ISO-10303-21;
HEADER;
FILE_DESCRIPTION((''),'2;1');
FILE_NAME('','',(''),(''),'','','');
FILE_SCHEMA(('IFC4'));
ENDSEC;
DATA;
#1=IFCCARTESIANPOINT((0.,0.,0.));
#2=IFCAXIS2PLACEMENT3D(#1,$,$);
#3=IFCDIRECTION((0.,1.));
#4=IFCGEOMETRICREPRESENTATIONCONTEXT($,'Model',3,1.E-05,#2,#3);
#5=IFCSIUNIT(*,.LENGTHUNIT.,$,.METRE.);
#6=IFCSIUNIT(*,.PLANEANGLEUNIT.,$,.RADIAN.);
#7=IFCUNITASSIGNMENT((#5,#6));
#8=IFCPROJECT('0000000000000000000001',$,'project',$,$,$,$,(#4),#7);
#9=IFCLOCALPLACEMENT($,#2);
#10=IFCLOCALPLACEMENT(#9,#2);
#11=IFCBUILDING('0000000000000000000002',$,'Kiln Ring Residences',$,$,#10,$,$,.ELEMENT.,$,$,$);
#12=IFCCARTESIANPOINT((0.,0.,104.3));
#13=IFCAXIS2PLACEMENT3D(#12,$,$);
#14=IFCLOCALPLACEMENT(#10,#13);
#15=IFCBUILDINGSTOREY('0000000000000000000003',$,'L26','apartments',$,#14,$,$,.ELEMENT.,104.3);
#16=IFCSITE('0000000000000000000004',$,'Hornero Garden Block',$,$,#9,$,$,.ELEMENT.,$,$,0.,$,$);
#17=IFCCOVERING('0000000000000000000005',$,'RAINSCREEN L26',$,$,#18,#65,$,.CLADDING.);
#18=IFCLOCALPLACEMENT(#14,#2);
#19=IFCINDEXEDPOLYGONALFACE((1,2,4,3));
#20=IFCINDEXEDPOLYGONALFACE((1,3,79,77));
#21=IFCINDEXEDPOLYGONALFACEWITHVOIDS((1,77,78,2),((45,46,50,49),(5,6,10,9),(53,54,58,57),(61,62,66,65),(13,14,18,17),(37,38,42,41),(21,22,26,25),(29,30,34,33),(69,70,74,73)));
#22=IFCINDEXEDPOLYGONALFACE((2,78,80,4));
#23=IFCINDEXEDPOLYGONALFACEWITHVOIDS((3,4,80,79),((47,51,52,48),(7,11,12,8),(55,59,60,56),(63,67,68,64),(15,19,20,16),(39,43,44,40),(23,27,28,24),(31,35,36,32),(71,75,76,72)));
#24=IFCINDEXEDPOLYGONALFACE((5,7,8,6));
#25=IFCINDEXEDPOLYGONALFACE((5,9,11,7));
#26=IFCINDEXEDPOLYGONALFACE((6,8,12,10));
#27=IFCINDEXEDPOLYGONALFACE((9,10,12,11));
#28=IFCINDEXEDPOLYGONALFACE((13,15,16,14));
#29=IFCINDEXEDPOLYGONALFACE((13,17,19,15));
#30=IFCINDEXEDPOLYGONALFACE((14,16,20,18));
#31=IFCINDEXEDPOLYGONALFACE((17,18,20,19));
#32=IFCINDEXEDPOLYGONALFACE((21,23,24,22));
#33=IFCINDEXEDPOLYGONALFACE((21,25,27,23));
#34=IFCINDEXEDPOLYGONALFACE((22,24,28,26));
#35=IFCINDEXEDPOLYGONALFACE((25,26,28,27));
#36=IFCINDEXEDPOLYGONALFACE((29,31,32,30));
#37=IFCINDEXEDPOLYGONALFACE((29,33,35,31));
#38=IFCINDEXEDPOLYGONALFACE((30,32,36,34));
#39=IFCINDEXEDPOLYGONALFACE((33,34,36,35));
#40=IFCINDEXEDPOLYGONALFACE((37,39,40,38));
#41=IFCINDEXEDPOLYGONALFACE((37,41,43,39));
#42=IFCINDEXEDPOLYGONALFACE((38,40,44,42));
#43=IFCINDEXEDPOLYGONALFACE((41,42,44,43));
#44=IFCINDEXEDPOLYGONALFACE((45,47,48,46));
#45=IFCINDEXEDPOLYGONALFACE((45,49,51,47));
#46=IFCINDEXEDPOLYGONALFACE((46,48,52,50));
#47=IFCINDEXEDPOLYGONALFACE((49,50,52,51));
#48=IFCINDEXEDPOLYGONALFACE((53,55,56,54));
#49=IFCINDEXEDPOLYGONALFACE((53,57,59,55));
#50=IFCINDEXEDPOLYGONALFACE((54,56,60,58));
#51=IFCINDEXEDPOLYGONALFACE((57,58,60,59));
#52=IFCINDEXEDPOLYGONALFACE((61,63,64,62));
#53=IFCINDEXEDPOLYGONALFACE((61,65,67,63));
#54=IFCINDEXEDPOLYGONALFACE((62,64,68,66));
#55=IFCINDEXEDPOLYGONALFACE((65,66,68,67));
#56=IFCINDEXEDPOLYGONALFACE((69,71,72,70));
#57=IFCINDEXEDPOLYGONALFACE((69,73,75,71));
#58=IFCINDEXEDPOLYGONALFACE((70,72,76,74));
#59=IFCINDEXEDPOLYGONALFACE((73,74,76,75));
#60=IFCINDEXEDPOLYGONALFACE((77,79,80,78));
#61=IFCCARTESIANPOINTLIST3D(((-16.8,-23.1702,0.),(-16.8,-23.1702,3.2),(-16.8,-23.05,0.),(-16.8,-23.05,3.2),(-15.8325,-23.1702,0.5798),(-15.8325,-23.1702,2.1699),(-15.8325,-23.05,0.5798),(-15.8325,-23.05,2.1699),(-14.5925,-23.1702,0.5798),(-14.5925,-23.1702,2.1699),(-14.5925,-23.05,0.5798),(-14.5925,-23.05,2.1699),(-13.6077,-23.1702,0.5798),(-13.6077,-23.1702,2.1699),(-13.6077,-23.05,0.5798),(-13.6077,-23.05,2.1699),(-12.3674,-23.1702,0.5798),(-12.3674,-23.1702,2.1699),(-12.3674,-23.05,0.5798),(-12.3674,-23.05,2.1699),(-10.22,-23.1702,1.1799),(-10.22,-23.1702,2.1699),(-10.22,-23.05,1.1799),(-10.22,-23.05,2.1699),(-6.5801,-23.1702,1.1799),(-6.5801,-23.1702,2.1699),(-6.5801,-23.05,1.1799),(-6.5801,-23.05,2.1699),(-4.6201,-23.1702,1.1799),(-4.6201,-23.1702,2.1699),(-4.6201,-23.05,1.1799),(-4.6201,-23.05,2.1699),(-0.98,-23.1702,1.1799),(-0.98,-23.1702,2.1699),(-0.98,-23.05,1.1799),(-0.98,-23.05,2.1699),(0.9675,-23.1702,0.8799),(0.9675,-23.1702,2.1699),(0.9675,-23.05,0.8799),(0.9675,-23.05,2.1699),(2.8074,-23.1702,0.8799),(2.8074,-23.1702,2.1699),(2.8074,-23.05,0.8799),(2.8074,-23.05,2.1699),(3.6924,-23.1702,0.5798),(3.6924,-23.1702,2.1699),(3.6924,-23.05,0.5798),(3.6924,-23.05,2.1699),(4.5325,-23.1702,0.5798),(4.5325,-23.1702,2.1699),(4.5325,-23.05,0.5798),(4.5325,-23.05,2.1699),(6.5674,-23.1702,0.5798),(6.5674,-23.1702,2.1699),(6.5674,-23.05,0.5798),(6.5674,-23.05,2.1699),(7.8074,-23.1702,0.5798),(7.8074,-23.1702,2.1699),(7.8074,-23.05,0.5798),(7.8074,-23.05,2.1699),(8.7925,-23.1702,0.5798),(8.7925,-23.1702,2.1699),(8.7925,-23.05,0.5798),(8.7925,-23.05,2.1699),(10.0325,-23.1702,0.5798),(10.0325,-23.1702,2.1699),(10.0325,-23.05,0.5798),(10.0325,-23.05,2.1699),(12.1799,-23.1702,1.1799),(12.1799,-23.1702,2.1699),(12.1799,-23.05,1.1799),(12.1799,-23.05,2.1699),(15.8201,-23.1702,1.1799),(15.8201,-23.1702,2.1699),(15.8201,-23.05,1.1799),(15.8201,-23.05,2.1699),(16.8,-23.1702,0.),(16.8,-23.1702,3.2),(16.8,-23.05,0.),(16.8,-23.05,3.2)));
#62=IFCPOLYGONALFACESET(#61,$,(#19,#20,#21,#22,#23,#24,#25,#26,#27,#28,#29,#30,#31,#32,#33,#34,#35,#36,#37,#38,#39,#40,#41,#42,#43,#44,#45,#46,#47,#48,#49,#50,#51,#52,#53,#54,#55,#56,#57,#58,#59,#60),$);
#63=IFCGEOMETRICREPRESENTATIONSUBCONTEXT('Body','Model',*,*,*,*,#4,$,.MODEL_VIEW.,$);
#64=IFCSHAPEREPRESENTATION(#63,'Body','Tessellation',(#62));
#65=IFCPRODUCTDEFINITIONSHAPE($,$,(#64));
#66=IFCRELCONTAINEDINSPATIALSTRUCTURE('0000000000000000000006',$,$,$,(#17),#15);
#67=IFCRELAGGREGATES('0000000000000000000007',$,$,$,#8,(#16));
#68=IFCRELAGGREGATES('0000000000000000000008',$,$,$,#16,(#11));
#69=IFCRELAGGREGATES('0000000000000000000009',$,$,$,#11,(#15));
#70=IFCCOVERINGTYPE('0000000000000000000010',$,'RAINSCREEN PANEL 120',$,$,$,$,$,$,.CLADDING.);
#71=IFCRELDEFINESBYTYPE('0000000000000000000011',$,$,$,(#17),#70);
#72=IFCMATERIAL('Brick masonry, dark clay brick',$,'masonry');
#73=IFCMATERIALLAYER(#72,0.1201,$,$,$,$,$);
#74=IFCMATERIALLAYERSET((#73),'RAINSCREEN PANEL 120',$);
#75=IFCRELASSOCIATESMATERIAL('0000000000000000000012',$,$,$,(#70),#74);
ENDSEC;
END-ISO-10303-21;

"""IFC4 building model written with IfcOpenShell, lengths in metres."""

from ifc_helpers import new_model, si_unit, direction, frame, origin, place, context, subcontext, project, spatial, polyline, outline, extrude, material, layer, layer_set, type_object, element, save


model = new_model("IFC4")

# Units and contexts
model_context = context("Model", 3, precision=1e-05, world=origin(), true_north=direction((0.0, 1.0)))
body_context = subcontext(model_context, "Body", "Model", "MODEL_VIEW")
ifc_project = project(units=[si_unit("LENGTHUNIT", "METRE"), si_unit("PLANEANGLEUNIT", "RADIAN")], contexts=[model_context])

# Site, building, storey
site_placement = place(None, origin())
site = spatial("IfcSite", under=ifc_project, at=site_placement, Name="Hornero Garden Block", CompositionType="ELEMENT", RefElevation=0.0)
building_placement = place(site_placement, origin())
building = spatial("IfcBuilding", under=site, at=building_placement, Name="Kiln Ring Residences", CompositionType="ELEMENT")
storey_placement = place(building_placement, frame((0.0, 0.0, 104.3)))
storey = spatial("IfcBuildingStorey", under=building, at=storey_placement, Name="L26", Description="apartments", CompositionType="ELEMENT", Elevation=104.3)

# Covering
ifc_material_1 = material(Name="Brick masonry, dark clay brick", Category="masonry")
ifc_layer_1 = layer(ifc_material_1, 0.1201)
ifc_layer_set_1 = layer_set([ifc_layer_1], Name="RAINSCREEN PANEL 120")
covering_type = type_object("IfcCoveringType", Name="RAINSCREEN PANEL 120", PredefinedType="CLADDING", material=ifc_layer_set_1)
covering_placement = place(storey_placement, frame((-16.8, -23.1101, 0.0), z_axis=(0.0, 0.0, 1.0), x_axis=(1.0, 0.0, 0.0)))
element("IfcCovering", 1, at=covering_placement, inside=storey, type_object=covering_type, Name="RAINSCREEN L26", PredefinedType="CLADDING", context=body_context, shape_type="SweptSolid", body=[
    extrude(outline(polyline([(0.0, 0.0), (33.6001, 0.0), (33.6001, 3.2), (0.0, 3.2), (0.0, 0.0)]), holes=[polyline([(0.9675, 0.5798), (2.2075, 0.5798), (2.2075, 2.1699), (0.9675, 2.1699), (0.9675, 0.5798)]), polyline([(3.1924, 0.5798), (4.4326, 0.5798), (4.4326, 2.1699), (3.1924, 2.1699), (3.1924, 0.5798)]), polyline([(20.4924, 0.5798), (21.3325, 0.5798), (21.3325, 2.1699), (20.4924, 2.1699), (20.4924, 0.5798)]), polyline([(23.3674, 0.5798), (24.6074, 0.5798), (24.6074, 2.1699), (23.3674, 2.1699), (23.3674, 0.5798)]), polyline([(25.5925, 0.5798), (26.8325, 0.5798), (26.8325, 2.1699), (25.5925, 2.1699), (25.5925, 0.5798)]), polyline([(17.7676, 0.8799), (19.6074, 0.8799), (19.6074, 2.1699), (17.7676, 2.1699), (17.7676, 0.8799)]), polyline([(6.5801, 1.1799), (10.22, 1.1799), (10.22, 2.1699), (6.5801, 2.1699), (6.5801, 1.1799)]), polyline([(12.1799, 2.1699), (12.1799, 1.1799), (15.8201, 1.1799), (15.8201, 2.1699), (12.1799, 2.1699)]), polyline([(28.98, 2.1699), (28.98, 1.1799), (32.6201, 1.1799), (32.6201, 2.1699), (28.98, 2.1699)])]), frame((0.0, 0.0601, 0.0), z_axis=(0.0, -1.0, 0.0), x_axis=(1.0, 0.0, 0.0)), (0.0, 0.0, 1.0), 0.1201),
])

save(model, "model.ifc")
